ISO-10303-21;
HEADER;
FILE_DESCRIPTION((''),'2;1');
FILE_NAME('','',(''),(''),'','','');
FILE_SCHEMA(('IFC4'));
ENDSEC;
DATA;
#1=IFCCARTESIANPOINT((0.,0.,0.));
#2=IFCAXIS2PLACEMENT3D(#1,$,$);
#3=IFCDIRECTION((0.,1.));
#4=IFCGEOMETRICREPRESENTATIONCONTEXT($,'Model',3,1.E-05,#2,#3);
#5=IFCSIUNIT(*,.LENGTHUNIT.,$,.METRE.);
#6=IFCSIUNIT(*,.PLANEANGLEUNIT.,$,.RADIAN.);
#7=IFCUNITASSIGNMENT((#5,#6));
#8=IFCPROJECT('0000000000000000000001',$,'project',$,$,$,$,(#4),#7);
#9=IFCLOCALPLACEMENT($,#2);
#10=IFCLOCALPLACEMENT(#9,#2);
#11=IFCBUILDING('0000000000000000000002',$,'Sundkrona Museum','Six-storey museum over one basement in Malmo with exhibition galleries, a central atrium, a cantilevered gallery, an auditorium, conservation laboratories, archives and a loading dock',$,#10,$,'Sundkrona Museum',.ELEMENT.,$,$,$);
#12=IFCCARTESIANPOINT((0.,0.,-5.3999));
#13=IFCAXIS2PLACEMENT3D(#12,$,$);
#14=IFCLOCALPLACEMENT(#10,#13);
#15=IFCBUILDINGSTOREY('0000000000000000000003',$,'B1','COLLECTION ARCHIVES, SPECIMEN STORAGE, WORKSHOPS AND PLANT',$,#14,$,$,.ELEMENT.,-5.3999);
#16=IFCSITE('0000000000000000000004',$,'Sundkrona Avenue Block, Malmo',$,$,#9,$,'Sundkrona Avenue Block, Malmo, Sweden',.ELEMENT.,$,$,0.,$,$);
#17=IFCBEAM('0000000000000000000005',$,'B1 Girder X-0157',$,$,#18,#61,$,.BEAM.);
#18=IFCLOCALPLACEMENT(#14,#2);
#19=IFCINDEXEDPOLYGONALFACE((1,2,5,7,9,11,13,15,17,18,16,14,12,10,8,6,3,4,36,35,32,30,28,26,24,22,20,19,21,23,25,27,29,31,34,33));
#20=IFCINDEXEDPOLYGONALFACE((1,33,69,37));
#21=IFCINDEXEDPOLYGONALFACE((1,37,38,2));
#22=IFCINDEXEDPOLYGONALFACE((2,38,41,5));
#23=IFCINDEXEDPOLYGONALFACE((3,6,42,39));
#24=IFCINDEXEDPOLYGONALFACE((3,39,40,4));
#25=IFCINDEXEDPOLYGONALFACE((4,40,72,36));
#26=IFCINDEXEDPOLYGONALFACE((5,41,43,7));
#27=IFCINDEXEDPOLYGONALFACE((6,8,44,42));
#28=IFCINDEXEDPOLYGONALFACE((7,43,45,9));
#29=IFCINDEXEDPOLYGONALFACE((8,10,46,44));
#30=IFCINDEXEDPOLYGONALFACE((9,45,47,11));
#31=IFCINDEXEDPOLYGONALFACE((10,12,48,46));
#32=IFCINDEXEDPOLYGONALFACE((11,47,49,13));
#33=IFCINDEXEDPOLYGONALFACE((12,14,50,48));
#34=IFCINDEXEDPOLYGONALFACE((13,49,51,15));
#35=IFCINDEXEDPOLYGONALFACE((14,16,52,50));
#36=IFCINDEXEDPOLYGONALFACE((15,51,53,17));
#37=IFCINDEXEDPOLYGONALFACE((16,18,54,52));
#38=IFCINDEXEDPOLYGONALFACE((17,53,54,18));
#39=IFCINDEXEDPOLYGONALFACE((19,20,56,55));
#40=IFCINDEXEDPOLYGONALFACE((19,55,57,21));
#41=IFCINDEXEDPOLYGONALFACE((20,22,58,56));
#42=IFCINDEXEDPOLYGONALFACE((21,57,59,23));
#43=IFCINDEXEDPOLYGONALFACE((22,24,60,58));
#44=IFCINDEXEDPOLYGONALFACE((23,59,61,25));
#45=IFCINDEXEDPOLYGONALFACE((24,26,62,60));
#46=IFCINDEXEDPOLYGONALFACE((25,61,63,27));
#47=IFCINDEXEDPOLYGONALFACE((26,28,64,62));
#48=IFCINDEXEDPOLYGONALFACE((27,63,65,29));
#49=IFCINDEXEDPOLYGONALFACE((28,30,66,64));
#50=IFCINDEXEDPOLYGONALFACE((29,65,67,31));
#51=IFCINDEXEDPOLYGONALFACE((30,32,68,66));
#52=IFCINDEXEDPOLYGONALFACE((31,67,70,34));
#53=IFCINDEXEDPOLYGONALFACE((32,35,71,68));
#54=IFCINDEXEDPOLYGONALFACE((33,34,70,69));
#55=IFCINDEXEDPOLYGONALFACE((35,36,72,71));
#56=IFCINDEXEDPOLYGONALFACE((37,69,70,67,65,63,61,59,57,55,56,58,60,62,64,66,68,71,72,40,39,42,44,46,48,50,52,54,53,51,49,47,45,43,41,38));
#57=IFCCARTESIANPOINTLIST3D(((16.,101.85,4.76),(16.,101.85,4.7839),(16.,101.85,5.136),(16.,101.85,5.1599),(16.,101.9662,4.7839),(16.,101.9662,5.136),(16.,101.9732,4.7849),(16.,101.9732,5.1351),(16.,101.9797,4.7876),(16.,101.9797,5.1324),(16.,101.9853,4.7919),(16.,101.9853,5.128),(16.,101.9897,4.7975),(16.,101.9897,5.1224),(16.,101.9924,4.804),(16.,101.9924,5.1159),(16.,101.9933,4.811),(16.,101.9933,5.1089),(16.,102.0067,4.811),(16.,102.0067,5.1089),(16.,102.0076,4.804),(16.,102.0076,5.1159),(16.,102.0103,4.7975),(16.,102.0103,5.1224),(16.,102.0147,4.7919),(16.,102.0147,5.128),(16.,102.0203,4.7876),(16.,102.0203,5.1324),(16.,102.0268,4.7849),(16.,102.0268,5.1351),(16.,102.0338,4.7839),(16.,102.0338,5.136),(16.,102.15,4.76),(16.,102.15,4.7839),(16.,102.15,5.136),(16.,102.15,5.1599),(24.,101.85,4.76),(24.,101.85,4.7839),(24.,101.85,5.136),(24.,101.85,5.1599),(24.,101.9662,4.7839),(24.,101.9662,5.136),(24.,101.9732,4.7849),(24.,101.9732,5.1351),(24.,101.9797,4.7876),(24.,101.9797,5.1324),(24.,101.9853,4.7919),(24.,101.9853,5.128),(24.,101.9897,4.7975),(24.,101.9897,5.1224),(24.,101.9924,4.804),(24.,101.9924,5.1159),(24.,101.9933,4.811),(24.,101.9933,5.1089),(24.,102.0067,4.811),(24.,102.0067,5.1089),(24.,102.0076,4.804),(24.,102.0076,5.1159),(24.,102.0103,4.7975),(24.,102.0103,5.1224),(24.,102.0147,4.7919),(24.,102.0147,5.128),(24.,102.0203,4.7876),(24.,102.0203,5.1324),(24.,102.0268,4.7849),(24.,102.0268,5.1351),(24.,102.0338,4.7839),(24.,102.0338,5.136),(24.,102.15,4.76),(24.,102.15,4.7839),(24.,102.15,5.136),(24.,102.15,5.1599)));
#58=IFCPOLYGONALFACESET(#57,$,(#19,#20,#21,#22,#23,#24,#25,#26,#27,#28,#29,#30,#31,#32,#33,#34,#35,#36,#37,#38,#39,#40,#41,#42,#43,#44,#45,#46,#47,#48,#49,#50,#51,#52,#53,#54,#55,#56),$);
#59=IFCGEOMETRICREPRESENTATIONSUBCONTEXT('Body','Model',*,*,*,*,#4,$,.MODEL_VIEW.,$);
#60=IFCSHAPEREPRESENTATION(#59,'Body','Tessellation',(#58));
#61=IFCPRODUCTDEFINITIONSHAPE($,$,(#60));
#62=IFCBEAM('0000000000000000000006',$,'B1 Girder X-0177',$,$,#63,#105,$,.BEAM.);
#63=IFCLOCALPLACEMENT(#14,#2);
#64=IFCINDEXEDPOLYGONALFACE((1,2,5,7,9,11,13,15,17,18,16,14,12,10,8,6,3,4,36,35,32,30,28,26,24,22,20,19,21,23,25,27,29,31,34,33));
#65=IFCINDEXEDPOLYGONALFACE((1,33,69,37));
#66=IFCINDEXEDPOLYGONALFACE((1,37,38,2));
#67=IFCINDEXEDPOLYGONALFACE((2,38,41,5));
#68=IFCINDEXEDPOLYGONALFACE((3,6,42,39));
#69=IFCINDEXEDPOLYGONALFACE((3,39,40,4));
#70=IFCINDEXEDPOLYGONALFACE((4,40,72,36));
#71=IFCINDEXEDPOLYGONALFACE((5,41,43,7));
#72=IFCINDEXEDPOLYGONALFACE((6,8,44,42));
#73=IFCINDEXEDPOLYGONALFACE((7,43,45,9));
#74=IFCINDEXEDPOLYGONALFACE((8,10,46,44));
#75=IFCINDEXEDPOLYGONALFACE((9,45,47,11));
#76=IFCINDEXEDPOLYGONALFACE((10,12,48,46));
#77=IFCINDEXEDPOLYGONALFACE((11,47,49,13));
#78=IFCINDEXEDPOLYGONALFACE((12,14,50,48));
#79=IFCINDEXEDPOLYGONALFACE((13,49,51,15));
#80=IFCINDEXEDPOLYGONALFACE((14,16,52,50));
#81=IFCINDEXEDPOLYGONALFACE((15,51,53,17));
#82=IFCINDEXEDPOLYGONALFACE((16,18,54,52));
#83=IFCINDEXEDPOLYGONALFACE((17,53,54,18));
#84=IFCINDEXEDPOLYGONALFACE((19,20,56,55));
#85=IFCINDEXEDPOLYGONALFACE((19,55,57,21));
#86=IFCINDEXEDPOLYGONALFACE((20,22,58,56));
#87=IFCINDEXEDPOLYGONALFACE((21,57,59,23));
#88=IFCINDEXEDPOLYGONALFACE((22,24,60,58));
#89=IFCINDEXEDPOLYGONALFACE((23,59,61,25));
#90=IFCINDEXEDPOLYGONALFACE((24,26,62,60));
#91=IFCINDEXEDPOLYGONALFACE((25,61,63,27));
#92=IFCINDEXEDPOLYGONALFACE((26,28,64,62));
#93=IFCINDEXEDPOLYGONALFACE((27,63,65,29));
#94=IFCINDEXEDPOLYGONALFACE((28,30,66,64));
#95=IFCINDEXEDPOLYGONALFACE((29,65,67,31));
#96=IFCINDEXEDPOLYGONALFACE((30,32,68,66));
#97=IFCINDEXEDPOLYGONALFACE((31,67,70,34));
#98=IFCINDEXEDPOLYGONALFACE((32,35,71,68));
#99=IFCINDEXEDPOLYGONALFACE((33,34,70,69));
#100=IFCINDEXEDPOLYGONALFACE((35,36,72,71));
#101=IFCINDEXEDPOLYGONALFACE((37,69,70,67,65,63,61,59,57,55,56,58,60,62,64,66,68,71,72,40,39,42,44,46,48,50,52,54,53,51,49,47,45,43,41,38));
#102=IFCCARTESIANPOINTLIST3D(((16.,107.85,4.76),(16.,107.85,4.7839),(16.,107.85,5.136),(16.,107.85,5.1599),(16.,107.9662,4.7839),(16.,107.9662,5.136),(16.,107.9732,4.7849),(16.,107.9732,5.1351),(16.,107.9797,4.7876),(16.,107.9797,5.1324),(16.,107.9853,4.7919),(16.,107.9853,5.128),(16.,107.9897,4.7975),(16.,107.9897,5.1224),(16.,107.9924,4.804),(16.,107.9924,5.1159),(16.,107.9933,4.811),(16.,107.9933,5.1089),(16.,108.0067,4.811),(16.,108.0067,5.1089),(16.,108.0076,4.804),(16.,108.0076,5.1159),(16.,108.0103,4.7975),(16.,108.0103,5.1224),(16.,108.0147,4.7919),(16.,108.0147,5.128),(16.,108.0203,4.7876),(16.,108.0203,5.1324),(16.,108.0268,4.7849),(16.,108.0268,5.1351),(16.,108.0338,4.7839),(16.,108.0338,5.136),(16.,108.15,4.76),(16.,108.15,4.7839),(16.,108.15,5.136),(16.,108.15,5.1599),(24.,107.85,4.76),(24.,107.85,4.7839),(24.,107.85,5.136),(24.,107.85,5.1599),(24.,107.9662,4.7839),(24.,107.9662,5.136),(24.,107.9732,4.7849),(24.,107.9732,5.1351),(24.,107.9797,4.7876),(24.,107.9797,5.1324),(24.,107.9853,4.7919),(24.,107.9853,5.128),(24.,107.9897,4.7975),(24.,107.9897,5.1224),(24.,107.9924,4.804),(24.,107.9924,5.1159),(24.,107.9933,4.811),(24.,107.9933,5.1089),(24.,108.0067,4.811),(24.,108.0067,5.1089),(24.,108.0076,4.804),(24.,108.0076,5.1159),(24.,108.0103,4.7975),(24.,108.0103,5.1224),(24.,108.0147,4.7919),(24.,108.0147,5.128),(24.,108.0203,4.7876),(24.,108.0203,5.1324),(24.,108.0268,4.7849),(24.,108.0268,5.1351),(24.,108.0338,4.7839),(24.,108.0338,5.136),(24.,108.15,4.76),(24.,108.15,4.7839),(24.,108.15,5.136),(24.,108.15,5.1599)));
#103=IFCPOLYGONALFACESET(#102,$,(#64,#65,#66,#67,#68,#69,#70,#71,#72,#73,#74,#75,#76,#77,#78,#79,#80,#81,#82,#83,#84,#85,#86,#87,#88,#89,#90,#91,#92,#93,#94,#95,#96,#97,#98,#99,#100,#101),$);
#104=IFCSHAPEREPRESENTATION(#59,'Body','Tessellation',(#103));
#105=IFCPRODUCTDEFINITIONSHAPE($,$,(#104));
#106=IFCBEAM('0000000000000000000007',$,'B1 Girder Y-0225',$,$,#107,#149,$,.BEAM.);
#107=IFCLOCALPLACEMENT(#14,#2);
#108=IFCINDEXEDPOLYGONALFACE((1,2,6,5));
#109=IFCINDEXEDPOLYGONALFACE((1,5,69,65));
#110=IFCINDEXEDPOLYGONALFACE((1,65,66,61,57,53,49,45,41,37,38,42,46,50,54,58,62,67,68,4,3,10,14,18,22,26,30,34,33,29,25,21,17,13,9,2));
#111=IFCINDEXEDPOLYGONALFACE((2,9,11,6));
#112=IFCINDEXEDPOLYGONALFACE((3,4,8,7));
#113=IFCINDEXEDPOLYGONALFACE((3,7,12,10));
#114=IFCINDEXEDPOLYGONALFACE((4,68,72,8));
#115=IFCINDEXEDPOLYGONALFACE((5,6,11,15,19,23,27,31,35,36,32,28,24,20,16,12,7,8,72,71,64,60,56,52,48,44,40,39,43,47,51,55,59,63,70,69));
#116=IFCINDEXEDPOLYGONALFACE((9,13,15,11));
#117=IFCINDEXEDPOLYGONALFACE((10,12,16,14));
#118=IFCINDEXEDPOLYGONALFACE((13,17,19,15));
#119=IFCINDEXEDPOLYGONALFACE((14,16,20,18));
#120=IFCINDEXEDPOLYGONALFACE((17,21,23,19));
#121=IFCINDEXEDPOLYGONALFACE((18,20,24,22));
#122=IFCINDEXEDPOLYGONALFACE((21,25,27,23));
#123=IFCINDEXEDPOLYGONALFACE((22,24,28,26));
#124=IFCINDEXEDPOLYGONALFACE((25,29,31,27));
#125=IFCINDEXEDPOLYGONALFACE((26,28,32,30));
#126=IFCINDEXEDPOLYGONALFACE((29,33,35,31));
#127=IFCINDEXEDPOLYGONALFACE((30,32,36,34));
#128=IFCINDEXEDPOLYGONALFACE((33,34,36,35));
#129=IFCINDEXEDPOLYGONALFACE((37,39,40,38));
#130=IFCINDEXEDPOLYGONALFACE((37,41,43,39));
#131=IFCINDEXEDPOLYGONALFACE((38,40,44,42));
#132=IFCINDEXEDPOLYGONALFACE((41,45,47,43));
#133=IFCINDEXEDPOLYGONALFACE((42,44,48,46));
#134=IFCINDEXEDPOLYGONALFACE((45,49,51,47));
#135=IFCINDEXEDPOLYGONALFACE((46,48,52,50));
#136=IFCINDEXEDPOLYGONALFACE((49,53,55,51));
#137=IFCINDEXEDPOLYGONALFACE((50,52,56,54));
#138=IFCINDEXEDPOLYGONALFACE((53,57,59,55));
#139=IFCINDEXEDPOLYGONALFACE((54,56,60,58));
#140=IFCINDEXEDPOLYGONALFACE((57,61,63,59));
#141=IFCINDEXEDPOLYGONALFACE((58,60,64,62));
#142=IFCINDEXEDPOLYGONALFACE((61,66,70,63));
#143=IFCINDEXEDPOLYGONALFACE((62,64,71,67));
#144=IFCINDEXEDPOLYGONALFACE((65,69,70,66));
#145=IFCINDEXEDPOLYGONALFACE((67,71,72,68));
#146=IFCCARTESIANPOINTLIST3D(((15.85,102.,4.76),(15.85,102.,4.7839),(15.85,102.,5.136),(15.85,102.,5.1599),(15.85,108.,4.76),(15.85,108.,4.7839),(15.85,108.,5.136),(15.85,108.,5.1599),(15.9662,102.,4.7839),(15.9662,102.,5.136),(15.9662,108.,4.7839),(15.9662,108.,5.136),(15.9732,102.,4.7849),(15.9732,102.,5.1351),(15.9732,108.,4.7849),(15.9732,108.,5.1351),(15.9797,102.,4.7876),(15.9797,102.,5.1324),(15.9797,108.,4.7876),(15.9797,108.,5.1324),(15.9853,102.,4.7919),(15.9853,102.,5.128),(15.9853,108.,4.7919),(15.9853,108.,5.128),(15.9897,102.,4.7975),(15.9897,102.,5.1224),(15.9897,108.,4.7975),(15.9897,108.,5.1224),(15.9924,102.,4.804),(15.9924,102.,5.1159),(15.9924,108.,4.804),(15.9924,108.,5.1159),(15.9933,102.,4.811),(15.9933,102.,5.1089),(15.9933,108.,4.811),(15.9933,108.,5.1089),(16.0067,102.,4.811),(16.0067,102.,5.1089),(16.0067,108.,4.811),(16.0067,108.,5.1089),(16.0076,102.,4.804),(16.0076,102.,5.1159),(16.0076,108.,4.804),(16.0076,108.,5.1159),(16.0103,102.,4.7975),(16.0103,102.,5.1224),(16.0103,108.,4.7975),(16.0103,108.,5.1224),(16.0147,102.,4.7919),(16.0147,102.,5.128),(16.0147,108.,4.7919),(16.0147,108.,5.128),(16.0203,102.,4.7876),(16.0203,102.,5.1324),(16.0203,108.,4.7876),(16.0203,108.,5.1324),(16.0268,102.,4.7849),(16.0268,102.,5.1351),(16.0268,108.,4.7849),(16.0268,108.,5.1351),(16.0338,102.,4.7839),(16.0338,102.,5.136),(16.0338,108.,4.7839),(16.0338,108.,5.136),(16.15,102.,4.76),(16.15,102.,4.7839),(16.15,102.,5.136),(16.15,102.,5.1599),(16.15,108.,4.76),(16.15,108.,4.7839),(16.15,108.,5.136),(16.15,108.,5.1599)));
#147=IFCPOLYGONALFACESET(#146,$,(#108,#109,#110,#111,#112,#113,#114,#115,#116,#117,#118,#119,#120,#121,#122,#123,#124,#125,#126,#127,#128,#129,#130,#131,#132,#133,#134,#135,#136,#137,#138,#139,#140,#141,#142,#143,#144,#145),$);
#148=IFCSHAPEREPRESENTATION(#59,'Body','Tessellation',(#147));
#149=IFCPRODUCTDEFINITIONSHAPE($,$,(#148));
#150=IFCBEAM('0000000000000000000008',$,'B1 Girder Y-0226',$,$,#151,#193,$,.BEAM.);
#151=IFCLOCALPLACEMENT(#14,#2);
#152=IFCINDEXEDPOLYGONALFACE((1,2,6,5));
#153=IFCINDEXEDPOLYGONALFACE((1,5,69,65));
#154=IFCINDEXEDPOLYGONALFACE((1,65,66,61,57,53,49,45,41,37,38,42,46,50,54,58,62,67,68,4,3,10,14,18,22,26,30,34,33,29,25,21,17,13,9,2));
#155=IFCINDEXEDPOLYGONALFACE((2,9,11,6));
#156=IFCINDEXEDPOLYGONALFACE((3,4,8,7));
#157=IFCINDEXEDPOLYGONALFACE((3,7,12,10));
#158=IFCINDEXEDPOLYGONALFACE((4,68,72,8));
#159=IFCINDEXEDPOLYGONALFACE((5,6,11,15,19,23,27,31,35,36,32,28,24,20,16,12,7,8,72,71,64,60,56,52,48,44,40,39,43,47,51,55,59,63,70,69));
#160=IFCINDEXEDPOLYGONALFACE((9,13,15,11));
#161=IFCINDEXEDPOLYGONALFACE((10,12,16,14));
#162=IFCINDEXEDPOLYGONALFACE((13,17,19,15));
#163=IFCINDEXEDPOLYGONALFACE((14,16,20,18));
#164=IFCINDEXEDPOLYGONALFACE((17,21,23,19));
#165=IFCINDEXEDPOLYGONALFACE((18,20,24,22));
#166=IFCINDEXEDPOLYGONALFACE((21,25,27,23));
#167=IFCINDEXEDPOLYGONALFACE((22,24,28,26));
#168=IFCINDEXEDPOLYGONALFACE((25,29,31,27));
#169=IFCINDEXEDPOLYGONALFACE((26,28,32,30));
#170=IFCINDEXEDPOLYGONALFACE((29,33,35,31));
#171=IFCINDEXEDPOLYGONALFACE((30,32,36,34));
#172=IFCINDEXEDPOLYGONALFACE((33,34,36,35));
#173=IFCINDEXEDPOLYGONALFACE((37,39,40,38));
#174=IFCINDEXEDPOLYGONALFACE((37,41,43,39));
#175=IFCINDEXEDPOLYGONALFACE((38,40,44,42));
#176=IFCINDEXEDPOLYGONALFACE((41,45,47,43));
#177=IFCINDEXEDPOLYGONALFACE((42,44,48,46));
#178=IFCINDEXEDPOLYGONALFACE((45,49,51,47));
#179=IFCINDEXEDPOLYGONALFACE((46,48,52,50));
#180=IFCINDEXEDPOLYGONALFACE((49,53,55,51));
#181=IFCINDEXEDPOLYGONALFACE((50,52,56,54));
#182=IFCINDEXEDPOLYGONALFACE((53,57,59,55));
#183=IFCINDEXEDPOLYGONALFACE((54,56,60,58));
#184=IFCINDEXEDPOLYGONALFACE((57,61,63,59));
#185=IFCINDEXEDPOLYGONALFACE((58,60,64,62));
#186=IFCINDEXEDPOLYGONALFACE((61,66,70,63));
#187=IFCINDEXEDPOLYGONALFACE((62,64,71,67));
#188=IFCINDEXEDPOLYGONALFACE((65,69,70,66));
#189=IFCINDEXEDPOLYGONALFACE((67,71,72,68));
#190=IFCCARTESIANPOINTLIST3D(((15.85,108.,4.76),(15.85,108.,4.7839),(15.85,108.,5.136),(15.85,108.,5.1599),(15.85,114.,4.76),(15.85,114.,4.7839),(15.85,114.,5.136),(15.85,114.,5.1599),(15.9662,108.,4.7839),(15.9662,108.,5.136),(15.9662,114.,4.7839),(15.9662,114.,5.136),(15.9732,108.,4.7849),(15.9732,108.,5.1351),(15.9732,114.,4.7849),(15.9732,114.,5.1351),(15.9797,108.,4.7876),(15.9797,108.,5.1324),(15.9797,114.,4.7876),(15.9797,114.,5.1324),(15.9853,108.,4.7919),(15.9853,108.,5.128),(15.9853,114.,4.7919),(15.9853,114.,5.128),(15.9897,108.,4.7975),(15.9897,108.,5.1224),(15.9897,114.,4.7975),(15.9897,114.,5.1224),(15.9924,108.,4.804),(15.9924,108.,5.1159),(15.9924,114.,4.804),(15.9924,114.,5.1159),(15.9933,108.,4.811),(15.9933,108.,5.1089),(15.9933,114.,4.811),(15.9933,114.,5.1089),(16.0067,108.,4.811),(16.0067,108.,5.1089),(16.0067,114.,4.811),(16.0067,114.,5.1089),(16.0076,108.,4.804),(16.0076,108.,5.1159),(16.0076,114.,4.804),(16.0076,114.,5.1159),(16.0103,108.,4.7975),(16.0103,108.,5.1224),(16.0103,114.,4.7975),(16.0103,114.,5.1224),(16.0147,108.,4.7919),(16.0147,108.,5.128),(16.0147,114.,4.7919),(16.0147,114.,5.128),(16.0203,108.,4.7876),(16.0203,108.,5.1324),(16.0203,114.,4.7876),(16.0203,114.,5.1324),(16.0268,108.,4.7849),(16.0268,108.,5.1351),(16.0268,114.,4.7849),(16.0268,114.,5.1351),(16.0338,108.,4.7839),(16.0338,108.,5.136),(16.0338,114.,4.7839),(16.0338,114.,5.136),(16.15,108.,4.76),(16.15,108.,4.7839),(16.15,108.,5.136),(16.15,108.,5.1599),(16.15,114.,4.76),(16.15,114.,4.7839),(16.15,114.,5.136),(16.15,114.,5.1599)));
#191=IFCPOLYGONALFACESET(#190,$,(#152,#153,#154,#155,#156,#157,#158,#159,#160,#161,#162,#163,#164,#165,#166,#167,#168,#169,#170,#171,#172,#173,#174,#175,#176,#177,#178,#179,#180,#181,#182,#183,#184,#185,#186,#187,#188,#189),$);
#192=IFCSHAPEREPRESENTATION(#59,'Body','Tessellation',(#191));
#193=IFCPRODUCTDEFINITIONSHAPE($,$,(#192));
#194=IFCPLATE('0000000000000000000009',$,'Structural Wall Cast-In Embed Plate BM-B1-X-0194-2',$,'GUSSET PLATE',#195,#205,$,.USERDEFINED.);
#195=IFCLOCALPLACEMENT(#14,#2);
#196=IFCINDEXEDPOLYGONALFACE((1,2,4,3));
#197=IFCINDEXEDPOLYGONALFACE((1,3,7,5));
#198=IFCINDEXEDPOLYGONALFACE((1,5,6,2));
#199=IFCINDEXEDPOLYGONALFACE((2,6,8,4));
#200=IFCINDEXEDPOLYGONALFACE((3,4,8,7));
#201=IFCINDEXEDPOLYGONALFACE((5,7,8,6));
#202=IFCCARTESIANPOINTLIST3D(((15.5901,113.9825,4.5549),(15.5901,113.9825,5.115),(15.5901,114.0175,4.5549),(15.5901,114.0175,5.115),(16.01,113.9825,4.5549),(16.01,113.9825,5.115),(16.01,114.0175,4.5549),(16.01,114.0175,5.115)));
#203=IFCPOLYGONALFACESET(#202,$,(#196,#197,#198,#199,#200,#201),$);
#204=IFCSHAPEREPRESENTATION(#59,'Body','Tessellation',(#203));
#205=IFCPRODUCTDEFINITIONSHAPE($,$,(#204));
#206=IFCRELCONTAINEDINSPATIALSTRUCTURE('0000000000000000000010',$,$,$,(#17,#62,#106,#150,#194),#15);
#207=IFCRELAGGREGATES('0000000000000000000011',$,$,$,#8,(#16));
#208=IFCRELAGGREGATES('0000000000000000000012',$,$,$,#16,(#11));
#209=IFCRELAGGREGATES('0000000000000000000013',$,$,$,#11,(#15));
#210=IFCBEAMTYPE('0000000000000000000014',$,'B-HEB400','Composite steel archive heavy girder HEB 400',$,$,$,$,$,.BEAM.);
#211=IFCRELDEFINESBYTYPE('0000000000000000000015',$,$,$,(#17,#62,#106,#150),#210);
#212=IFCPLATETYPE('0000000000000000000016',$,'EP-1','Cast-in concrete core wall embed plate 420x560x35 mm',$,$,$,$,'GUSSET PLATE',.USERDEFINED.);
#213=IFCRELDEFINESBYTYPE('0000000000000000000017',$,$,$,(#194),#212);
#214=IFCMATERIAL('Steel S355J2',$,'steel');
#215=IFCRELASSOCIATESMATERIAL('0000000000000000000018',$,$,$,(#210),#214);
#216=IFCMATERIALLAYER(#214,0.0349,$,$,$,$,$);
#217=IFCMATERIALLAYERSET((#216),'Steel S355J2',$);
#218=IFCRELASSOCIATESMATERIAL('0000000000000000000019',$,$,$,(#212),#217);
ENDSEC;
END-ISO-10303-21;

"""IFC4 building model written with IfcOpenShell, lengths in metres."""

from ifc_helpers import new_model, si_unit, direction, frame, origin, origin_2d, place, context, subcontext, project, spatial, rectangle, i_section, extrude, material, layer, layer_set, material_profile, profile_set, type_object, element, save


model = new_model("IFC4")

# Units and contexts
model_context = context("Model", 3, precision=1e-05, world=origin(), true_north=direction((0.0, 1.0)))
body_context = subcontext(model_context, "Body", "Model", "MODEL_VIEW")
ifc_project = project(units=[si_unit("LENGTHUNIT", "METRE"), si_unit("PLANEANGLEUNIT", "RADIAN")], contexts=[model_context])

# Site, building, storey
site_placement = place(None, origin())
site = spatial("IfcSite", under=ifc_project, at=site_placement, Name="Sundkrona Avenue Block, Malmo", LongName="Sundkrona Avenue Block, Malmo, Sweden", CompositionType="ELEMENT", RefElevation=0.0)
building_placement = place(site_placement, origin())
building = spatial("IfcBuilding", under=site, at=building_placement, Name="Sundkrona Museum", Description="Six-storey museum over one basement in Malmo with exhibition galleries, a central atrium, a cantilevered gallery, an auditorium, conservation laboratories, archives and a loading dock", LongName="Sundkrona Museum", CompositionType="ELEMENT")
storey_placement = place(building_placement, frame((0.0, 0.0, -5.3999)))
storey = spatial("IfcBuildingStorey", under=building, at=storey_placement, Name="B1", Description="COLLECTION ARCHIVES, SPECIMEN STORAGE, WORKSHOPS AND PLANT", CompositionType="ELEMENT", Elevation=-5.3999)

# Beams
ifc_material_1 = material(Name="Steel S355J2", Category="steel")
ifc_material_profile_1 = material_profile(ifc_material_1, i_section(OverallWidth=0.3, OverallDepth=0.3999, WebThickness=0.0134, FlangeThickness=0.0239, FilletRadius=0.0271, at=origin_2d()), Name="HEB 400")
ifc_profile_set_1 = profile_set([ifc_material_profile_1], Name="Steel S355J2")
beam_type = type_object("IfcBeamType", Name="B-HEB400", Description="Composite steel archive heavy girder HEB 400", PredefinedType="BEAM", material=ifc_profile_set_1)
for number, where, z_axis, x_axis, name in (
    (1, (16.0, 102.0, 4.96), (1.0, 0.0, 0.0), (0.0, 1.0, 0.0), "B1 Girder X-0157"),
    (2, (16.0, 108.0, 4.96), (1.0, 0.0, 0.0), (0.0, 1.0, 0.0), "B1 Girder X-0177"),
):
    element("IfcBeam", number, at=place(storey_placement, frame(where, z_axis=z_axis, x_axis=x_axis)), inside=storey, type_object=beam_type, Name=name, PredefinedType="BEAM", context=body_context, shape_type="SweptSolid", body=[
        extrude(i_section(OverallWidth=0.3, OverallDepth=0.3999, WebThickness=0.0134, FlangeThickness=0.0239, FilletRadius=0.0271, at=origin_2d()), origin(), (0.0, 0.0, 1.0), 8.0),
    ])
for number, where, z_axis, x_axis, name in (
    (3, (16.0, 102.0, 4.96), (0.0, 1.0, 0.0), (-1.0, 0.0, 0.0), "B1 Girder Y-0225"),
    (4, (16.0, 108.0, 4.96), (0.0, 1.0, 0.0), (-1.0, 0.0, 0.0), "B1 Girder Y-0226"),
):
    element("IfcBeam", number, at=place(storey_placement, frame(where, z_axis=z_axis, x_axis=x_axis)), inside=storey, type_object=beam_type, Name=name, PredefinedType="BEAM", context=body_context, shape_type="SweptSolid", body=[
        extrude(i_section(OverallWidth=0.3, OverallDepth=0.3999, WebThickness=0.0134, FlangeThickness=0.0239, FilletRadius=0.0271, at=origin_2d()), origin(), (0.0, 0.0, 1.0), 6.0),
    ])

# Plate
ifc_layer_1 = layer(ifc_material_1, 0.0349)
ifc_layer_set_1 = layer_set([ifc_layer_1], Name="Steel S355J2")
plate_type_1 = type_object("IfcPlateType", Name="EP-1", Description="Cast-in concrete core wall embed plate 420x560x35 mm", ElementType="GUSSET PLATE", PredefinedType="USERDEFINED", material=ifc_layer_set_1)
for number, where, z_axis, x_axis, name in (
    (5, (15.8, 114.0, 4.5549), (0.0, 0.0, 1.0), (1.0, 0.0, 0.0), "Structural Wall Cast-In Embed Plate BM-B1-X-0194-2"),
):
    element("IfcPlate", number, at=place(storey_placement, frame(where, z_axis=z_axis, x_axis=x_axis)), inside=storey, type_object=plate_type_1, Name=name, ObjectType="GUSSET PLATE", PredefinedType="USERDEFINED", context=body_context, shape_type="SweptSolid", body=[
        extrude(rectangle(XDim=0.4199, YDim=0.0349, at=origin_2d()), origin(), (0.0, 0.0, 1.0), 0.5601),
    ])

save(model, "model.ifc")
